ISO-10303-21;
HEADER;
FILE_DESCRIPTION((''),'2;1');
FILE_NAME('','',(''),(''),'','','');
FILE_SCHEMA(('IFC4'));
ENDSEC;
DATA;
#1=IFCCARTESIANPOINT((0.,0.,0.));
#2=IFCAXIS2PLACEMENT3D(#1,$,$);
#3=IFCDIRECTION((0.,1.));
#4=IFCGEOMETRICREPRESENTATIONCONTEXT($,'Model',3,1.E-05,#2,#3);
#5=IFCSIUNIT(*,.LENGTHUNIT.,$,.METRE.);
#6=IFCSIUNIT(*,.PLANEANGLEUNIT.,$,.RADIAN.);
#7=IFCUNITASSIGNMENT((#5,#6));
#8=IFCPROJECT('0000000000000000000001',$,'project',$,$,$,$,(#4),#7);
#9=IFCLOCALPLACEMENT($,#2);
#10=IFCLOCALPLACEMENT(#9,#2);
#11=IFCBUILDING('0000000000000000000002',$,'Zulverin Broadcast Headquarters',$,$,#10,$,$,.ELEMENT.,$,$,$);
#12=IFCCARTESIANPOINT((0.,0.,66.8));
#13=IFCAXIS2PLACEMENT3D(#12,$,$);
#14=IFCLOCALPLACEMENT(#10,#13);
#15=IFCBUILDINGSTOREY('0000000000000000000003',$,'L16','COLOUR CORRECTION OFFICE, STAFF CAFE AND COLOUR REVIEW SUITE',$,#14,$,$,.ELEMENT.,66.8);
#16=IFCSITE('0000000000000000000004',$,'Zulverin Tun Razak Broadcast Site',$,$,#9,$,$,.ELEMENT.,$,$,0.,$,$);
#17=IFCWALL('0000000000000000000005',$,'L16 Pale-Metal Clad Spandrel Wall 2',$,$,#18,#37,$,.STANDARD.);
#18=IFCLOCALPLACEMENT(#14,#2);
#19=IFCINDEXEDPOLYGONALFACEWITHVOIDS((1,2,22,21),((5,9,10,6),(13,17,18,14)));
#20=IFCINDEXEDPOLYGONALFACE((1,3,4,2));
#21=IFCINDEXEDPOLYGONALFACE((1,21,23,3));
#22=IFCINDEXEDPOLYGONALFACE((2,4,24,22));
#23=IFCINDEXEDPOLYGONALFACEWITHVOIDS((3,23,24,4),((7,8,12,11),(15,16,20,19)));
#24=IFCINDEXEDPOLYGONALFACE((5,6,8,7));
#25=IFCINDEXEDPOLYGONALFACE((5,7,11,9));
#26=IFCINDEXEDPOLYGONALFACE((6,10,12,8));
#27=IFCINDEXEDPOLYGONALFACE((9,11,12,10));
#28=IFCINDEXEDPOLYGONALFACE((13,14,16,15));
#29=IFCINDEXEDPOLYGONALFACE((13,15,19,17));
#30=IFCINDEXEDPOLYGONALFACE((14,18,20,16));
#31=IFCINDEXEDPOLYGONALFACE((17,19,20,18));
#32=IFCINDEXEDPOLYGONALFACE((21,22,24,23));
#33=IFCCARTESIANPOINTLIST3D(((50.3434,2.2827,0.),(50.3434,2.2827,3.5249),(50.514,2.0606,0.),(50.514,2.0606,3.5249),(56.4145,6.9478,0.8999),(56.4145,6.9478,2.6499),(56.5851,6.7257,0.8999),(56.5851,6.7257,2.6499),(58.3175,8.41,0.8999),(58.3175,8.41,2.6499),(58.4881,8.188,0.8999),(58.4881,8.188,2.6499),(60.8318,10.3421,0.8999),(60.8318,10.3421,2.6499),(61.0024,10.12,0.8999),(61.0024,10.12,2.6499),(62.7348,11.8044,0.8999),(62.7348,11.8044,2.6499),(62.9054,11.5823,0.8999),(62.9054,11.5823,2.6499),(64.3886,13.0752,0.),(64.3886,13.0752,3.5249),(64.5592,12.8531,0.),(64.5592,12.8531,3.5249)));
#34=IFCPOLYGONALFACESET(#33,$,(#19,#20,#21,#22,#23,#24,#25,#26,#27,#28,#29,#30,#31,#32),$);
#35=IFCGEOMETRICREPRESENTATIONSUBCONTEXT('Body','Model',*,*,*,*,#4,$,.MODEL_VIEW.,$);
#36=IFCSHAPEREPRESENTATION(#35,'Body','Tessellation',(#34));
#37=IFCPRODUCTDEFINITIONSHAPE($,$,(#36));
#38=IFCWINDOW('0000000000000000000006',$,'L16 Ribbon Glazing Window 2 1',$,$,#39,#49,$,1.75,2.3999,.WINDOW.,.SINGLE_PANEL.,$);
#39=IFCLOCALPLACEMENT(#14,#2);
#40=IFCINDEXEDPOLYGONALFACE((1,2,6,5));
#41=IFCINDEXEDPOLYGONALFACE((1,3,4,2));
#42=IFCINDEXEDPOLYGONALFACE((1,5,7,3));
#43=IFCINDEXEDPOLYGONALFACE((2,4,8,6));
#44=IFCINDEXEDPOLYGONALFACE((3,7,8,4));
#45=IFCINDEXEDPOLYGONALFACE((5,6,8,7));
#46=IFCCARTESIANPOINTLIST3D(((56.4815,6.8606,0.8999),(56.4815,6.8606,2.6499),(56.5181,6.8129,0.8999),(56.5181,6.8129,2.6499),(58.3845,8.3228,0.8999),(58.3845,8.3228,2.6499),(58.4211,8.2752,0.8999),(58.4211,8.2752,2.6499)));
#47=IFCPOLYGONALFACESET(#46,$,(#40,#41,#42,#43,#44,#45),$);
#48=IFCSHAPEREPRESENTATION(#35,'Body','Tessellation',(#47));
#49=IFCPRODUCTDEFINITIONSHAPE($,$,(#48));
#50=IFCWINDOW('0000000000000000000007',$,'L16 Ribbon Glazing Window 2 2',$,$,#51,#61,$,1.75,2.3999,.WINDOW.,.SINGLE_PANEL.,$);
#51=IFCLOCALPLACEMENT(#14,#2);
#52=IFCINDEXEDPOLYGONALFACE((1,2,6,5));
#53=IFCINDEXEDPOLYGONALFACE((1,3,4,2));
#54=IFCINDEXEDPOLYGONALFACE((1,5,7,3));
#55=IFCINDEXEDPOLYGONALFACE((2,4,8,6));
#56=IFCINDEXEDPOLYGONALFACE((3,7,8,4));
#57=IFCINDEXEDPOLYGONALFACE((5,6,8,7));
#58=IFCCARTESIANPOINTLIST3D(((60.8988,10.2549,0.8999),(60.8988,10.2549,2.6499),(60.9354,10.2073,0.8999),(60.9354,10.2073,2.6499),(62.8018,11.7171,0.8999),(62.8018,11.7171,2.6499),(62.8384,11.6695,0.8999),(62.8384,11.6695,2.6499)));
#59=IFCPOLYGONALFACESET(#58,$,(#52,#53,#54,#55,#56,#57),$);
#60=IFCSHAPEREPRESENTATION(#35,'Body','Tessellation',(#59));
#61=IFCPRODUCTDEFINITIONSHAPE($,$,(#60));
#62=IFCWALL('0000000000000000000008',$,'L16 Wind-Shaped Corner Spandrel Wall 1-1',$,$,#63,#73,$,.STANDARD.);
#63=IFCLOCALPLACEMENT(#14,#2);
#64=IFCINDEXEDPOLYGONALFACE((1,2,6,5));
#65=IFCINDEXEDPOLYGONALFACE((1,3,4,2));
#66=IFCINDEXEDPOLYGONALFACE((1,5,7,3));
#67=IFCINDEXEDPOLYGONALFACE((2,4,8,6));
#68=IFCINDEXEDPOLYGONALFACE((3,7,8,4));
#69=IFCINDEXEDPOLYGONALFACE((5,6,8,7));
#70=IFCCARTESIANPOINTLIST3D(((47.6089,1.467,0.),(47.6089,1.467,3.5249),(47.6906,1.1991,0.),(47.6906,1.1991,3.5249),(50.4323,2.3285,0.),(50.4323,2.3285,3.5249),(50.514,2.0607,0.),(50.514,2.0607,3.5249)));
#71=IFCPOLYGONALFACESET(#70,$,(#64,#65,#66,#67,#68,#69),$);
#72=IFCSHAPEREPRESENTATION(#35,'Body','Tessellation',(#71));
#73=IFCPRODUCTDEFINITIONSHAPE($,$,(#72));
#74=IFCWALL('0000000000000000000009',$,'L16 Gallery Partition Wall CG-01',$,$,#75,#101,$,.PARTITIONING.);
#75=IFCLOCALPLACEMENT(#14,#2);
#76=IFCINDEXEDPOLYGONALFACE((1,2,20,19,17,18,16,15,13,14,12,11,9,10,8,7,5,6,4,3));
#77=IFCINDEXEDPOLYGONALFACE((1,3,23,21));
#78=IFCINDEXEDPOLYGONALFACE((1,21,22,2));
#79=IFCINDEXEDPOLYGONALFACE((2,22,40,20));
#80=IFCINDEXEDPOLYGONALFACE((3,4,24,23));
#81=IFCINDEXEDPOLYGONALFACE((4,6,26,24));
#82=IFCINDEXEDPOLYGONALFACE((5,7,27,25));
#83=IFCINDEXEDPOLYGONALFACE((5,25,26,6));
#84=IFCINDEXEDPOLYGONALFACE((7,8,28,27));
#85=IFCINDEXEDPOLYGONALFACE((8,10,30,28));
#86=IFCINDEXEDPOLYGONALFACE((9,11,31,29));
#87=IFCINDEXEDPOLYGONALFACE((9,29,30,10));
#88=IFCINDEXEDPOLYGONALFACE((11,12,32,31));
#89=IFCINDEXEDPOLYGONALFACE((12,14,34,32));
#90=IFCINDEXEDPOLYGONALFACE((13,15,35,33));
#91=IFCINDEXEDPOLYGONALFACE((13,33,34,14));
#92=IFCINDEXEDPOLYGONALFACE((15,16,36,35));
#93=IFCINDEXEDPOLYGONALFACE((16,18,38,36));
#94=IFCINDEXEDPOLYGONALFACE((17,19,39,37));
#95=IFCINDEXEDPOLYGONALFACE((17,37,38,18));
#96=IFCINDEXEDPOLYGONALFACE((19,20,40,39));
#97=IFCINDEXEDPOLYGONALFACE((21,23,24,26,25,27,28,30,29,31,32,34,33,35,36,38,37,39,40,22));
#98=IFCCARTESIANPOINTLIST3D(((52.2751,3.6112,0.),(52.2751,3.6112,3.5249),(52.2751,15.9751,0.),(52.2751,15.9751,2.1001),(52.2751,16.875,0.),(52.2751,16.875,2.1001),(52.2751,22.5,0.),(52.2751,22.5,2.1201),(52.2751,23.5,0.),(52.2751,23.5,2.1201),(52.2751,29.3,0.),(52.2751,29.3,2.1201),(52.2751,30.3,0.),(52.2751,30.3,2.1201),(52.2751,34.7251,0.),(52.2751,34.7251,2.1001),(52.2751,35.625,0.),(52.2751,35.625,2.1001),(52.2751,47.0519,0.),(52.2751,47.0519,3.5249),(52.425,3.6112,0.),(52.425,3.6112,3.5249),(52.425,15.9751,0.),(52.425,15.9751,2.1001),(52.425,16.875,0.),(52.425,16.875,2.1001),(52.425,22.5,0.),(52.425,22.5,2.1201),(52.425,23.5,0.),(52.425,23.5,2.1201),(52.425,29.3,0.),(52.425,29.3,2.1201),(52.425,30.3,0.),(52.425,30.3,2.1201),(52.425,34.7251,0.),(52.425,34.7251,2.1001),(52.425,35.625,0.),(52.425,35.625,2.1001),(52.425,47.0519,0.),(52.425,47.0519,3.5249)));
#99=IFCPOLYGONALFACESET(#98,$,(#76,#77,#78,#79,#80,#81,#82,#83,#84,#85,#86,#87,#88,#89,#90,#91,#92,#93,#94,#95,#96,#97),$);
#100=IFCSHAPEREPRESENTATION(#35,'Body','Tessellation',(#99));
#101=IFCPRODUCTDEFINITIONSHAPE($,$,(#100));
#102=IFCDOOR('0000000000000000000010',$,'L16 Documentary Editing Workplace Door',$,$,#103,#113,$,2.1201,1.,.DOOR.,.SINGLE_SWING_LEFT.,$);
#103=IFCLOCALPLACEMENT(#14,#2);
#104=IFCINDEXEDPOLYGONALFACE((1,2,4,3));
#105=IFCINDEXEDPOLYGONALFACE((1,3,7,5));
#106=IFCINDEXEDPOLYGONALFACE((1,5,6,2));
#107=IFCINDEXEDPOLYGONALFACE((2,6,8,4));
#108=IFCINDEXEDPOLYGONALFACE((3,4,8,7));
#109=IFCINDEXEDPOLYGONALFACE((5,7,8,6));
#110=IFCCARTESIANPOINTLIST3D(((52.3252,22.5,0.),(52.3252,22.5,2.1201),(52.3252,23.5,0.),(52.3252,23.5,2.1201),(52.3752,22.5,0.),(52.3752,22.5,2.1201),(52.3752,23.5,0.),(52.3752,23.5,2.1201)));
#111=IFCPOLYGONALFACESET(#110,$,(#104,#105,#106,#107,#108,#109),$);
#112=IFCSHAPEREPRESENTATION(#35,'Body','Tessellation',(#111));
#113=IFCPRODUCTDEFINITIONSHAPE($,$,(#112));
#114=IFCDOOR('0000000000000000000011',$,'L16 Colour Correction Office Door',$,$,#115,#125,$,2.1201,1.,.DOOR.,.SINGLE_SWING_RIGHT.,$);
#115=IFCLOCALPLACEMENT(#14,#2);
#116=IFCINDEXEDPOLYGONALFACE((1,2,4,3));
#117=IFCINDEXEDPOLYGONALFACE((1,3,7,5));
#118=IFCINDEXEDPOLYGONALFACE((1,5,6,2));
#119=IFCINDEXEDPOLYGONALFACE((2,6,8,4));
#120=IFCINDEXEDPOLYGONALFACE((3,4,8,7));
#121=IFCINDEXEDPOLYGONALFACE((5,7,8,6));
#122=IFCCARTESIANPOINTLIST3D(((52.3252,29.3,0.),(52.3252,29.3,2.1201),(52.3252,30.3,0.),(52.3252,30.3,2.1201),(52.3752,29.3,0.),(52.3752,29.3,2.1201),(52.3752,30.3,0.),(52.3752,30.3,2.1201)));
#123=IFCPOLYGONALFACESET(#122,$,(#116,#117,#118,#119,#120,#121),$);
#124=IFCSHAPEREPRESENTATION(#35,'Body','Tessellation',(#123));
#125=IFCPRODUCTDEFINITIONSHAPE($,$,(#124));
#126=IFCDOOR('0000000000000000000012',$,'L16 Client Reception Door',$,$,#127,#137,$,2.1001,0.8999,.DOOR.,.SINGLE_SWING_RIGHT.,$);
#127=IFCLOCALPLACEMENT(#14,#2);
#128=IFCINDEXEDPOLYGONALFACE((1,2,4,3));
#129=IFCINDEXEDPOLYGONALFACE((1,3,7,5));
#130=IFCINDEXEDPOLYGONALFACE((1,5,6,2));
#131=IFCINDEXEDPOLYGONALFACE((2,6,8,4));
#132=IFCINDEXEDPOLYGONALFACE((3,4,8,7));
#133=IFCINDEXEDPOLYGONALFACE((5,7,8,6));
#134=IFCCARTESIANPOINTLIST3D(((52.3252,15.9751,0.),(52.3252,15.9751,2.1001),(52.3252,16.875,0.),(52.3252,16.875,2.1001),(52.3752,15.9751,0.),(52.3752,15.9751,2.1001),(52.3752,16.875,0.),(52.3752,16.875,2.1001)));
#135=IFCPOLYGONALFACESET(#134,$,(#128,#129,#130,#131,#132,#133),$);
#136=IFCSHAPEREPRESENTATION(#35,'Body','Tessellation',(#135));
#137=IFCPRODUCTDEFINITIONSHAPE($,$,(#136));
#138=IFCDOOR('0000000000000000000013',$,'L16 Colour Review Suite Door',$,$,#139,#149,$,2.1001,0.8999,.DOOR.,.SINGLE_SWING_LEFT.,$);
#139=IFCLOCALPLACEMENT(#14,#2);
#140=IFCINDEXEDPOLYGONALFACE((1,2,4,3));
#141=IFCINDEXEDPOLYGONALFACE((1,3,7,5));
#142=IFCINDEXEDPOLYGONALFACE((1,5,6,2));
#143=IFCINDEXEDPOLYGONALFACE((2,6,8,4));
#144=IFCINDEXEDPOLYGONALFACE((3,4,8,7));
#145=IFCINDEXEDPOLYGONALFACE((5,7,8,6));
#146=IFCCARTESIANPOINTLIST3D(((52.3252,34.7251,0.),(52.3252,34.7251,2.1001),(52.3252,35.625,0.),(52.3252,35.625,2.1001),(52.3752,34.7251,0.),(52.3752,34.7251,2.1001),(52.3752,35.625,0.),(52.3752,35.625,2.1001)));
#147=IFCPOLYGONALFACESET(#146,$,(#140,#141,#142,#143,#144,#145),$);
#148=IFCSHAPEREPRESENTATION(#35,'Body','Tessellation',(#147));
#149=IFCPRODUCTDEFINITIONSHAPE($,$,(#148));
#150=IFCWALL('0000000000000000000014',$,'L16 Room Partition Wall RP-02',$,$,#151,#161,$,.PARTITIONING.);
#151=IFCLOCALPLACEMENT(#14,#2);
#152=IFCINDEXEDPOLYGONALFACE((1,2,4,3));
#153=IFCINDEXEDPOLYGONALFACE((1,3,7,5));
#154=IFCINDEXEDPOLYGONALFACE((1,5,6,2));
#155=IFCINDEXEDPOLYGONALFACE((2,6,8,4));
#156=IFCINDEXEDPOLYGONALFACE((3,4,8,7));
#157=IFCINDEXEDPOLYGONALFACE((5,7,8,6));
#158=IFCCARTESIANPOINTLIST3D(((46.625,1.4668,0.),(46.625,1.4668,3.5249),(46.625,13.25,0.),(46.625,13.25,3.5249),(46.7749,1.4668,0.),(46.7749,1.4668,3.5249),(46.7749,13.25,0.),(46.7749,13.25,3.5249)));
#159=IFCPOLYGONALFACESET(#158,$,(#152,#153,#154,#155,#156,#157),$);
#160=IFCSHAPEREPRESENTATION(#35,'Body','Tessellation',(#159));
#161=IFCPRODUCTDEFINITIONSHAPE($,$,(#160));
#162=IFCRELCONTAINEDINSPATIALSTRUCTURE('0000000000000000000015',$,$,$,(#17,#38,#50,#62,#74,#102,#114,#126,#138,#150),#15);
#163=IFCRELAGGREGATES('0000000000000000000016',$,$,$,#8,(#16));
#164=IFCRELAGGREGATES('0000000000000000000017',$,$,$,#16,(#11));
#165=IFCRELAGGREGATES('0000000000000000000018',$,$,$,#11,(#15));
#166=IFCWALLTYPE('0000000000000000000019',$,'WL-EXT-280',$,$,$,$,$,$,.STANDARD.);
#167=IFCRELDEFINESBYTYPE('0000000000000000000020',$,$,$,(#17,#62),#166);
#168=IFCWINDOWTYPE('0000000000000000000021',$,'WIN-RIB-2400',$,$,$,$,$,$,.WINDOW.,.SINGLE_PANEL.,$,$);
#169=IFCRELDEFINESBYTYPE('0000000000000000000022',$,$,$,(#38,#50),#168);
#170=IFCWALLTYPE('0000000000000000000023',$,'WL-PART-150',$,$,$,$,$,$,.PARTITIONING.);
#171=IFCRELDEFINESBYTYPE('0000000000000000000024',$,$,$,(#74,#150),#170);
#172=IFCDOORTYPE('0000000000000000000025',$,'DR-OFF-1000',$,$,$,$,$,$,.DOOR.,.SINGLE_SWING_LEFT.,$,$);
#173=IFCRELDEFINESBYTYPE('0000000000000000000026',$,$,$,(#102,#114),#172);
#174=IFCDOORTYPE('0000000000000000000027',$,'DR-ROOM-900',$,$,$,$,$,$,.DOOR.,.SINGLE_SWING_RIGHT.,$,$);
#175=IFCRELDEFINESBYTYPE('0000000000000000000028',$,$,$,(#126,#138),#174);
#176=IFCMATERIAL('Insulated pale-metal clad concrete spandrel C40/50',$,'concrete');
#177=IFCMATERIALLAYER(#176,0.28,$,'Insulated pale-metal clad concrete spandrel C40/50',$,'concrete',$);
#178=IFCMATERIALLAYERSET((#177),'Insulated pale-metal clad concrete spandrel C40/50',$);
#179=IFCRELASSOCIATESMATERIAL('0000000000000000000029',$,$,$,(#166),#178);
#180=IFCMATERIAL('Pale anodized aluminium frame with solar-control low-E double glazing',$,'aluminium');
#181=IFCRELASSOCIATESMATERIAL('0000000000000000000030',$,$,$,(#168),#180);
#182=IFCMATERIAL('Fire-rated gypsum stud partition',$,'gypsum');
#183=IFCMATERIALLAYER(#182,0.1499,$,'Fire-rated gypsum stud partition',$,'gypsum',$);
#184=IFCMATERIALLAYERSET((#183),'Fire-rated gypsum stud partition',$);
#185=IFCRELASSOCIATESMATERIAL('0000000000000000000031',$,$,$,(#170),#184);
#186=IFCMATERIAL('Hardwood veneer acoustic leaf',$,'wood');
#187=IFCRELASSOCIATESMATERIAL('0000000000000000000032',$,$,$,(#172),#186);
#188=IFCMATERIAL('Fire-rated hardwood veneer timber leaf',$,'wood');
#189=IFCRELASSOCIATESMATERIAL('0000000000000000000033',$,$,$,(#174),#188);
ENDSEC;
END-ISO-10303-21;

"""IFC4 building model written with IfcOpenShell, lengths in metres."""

from ifc_helpers import new_model, si_unit, direction, frame, frame_2d, origin, place, context, subcontext, project, spatial, rectangle, extrude, material, layer, layer_set, type_object, element, fill, save


model = new_model("IFC4")

# Units and contexts
model_context = context("Model", 3, precision=1e-05, world=origin(), true_north=direction((0.0, 1.0)))
body_context = subcontext(model_context, "Body", "Model", "MODEL_VIEW")
ifc_project = project(units=[si_unit("LENGTHUNIT", "METRE"), si_unit("PLANEANGLEUNIT", "RADIAN")], contexts=[model_context])

# Site, building, storey
site_placement = place(None, origin())
site = spatial("IfcSite", under=ifc_project, at=site_placement, Name="Zulverin Tun Razak Broadcast Site", CompositionType="ELEMENT", RefElevation=0.0)
building_placement = place(site_placement, origin())
building = spatial("IfcBuilding", under=site, at=building_placement, Name="Zulverin Broadcast Headquarters", CompositionType="ELEMENT")
storey_placement = place(building_placement, frame((0.0, 0.0, 66.8)))
storey = spatial("IfcBuildingStorey", under=building, at=storey_placement, Name="L16", Description="COLOUR CORRECTION OFFICE, STAFF CAFE AND COLOUR REVIEW SUITE", CompositionType="ELEMENT", Elevation=66.8)

# Wall, openings, windows
ifc_material_1 = material(Name="Insulated pale-metal clad concrete spandrel C40/50", Category="concrete")
ifc_layer_1 = layer(ifc_material_1, 0.28, Name="Insulated pale-metal clad concrete spandrel C40/50", Category="concrete")
ifc_layer_set_1 = layer_set([ifc_layer_1], Name="Insulated pale-metal clad concrete spandrel C40/50")
wall_type_1 = type_object("IfcWallType", Name="WL-EXT-280", PredefinedType="STANDARD", material=ifc_layer_set_1)
wall_1_placement = place(storey_placement, frame((50.4287, 2.1716, 0.0), z_axis=(0.0, 0.0, 1.0), x_axis=(0.792937, 0.609303, 0.0)))
wall_1 = element("IfcWall", 1, at=wall_1_placement, inside=storey, type_object=wall_type_1, Name="L16 Pale-Metal Clad Spandrel Wall 2", PredefinedType="STANDARD", context=body_context, shape_type="SweptSolid", body=[
    extrude(rectangle(XDim=17.7129, YDim=0.28, at=frame_2d((8.8564, 0.0))), origin(), (0.0, 0.0, 1.0), 3.5249),
])
opening_1_placement = place(wall_1_placement, frame((7.6565, 0.0, 0.8999)))
opening_1 = element("IfcOpeningElement", 2, at=opening_1_placement, cuts=wall_1, PredefinedType="OPENING", context=body_context, shape_type="SweptSolid", body=[
    extrude(rectangle(XDim=2.3999, YDim=1.75, at=frame_2d((1.2, 0.875))), frame((0.0, 0.1499, 0.0), z_axis=(0.0, -1.0, 0.0), x_axis=(1.0, 0.0, 0.0)), (0.0, 0.0, 1.0), 0.3),
])
opening_2_placement = place(wall_1_placement, frame((13.2273, 0.0, 0.8999)))
opening_2 = element("IfcOpeningElement", 3, at=opening_2_placement, cuts=wall_1, PredefinedType="OPENING", context=body_context, shape_type="SweptSolid", body=[
    extrude(rectangle(XDim=2.3999, YDim=1.75, at=frame_2d((1.2, 0.875))), frame((0.0, 0.1499, 0.0), z_axis=(0.0, -1.0, 0.0), x_axis=(1.0, 0.0, 0.0)), (0.0, 0.0, 1.0), 0.3),
])
ifc_material_2 = material(Name="Pale anodized aluminium frame with solar-control low-E double glazing", Category="aluminium")
window_type = type_object("IfcWindowType", Name="WIN-RIB-2400", PartitioningType="SINGLE_PANEL", PredefinedType="WINDOW", material=ifc_material_2)
window_1_placement = place(opening_1_placement, origin())
window_1 = element("IfcWindow", 4, at=window_1_placement, inside=storey, type_object=window_type, Name="L16 Ribbon Glazing Window 2 1", OverallHeight=1.75, OverallWidth=2.3999, PartitioningType="SINGLE_PANEL", PredefinedType="WINDOW", context=body_context, shape_type="SweptSolid", body=[
    extrude(rectangle(XDim=2.3999, YDim=1.75, at=frame_2d((1.2, 0.875))), frame((0.0, 0.03, 0.0), z_axis=(0.0, -1.0, 0.0), x_axis=(1.0, 0.0, 0.0)), (0.0, 0.0, 1.0), 0.0601),
])
fill(opening_1, window_1)
window_2_placement = place(opening_2_placement, origin())
window_2 = element("IfcWindow", 5, at=window_2_placement, inside=storey, type_object=window_type, Name="L16 Ribbon Glazing Window 2 2", OverallHeight=1.75, OverallWidth=2.3999, PartitioningType="SINGLE_PANEL", PredefinedType="WINDOW", context=body_context, shape_type="SweptSolid", body=[
    extrude(rectangle(XDim=2.3999, YDim=1.75, at=frame_2d((1.2, 0.875))), frame((0.0, 0.03, 0.0), z_axis=(0.0, -1.0, 0.0), x_axis=(1.0, 0.0, 0.0)), (0.0, 0.0, 1.0), 0.0601),
])
fill(opening_2, window_2)

# Wall
wall_2_placement = place(storey_placement, frame((47.6497, 1.333, 0.0), z_axis=(0.0, 0.0, 1.0), x_axis=(0.956461, 0.291859, 0.0)))
element("IfcWall", 6, at=wall_2_placement, inside=storey, type_object=wall_type_1, Name="L16 Wind-Shaped Corner Spandrel Wall 1-1", PredefinedType="STANDARD", context=body_context, shape_type="SweptSolid", body=[
    extrude(rectangle(XDim=2.9519, YDim=0.28, at=frame_2d((1.4761, 0.0))), origin(), (0.0, 0.0, 1.0), 3.5249),
])

# Wall, openings, doors
ifc_material_3 = material(Name="Fire-rated gypsum stud partition", Category="gypsum")
ifc_layer_2 = layer(ifc_material_3, 0.1499, Name="Fire-rated gypsum stud partition", Category="gypsum")
ifc_layer_set_2 = layer_set([ifc_layer_2], Name="Fire-rated gypsum stud partition")
wall_type_2 = type_object("IfcWallType", Name="WL-PART-150", PredefinedType="PARTITIONING", material=ifc_layer_set_2)
wall_3_placement = place(storey_placement, frame((52.3501, 3.6113, 0.0), z_axis=(0.0, 0.0, 1.0), x_axis=(0.0, 1.0, 0.0)))
wall_3 = element("IfcWall", 7, at=wall_3_placement, inside=storey, type_object=wall_type_2, Name="L16 Gallery Partition Wall CG-01", PredefinedType="PARTITIONING", context=body_context, shape_type="SweptSolid", body=[
    extrude(rectangle(XDim=43.4407, YDim=0.1499, at=frame_2d((21.7202, 0.0))), origin(), (0.0, 0.0, 1.0), 3.5249),
])
opening_3_placement = place(wall_3_placement, frame((12.3638, 0.0, 0.0)))
opening_3 = element("IfcOpeningElement", 8, at=opening_3_placement, cuts=wall_3, PredefinedType="OPENING", context=body_context, shape_type="SweptSolid", body=[
    extrude(rectangle(XDim=0.8999, YDim=2.1001, at=frame_2d((0.45, 1.05))), frame((0.0, 0.085, 0.0), z_axis=(0.0, -1.0, 0.0), x_axis=(1.0, 0.0, 0.0)), (0.0, 0.0, 1.0), 0.1699),
])
opening_4_placement = place(wall_3_placement, frame((18.8887, 0.0, 0.0)))
opening_4 = element("IfcOpeningElement", 9, at=opening_4_placement, cuts=wall_3, PredefinedType="OPENING", context=body_context, shape_type="SweptSolid", body=[
    extrude(rectangle(XDim=1.0, YDim=2.1201, at=frame_2d((0.5, 1.0601))), frame((0.0, 0.085, 0.0), z_axis=(0.0, -1.0, 0.0), x_axis=(1.0, 0.0, 0.0)), (0.0, 0.0, 1.0), 0.1699),
])
opening_5_placement = place(wall_3_placement, frame((25.6887, 0.0, 0.0)))
opening_5 = element("IfcOpeningElement", 10, at=opening_5_placement, cuts=wall_3, PredefinedType="OPENING", context=body_context, shape_type="SweptSolid", body=[
    extrude(rectangle(XDim=1.0, YDim=2.1201, at=frame_2d((0.5, 1.0601))), frame((0.0, 0.085, 0.0), z_axis=(0.0, -1.0, 0.0), x_axis=(1.0, 0.0, 0.0)), (0.0, 0.0, 1.0), 0.1699),
])
opening_6_placement = place(wall_3_placement, frame((31.1138, 0.0, 0.0)))
opening_6 = element("IfcOpeningElement", 11, at=opening_6_placement, cuts=wall_3, PredefinedType="OPENING", context=body_context, shape_type="SweptSolid", body=[
    extrude(rectangle(XDim=0.8999, YDim=2.1001, at=frame_2d((0.45, 1.05))), frame((0.0, 0.085, 0.0), z_axis=(0.0, -1.0, 0.0), x_axis=(1.0, 0.0, 0.0)), (0.0, 0.0, 1.0), 0.1699),
])
ifc_material_4 = material(Name="Hardwood veneer acoustic leaf", Category="wood")
door_type_1 = type_object("IfcDoorType", Name="DR-OFF-1000", OperationType="SINGLE_SWING_LEFT", PredefinedType="DOOR", material=ifc_material_4)
door_1_placement = place(opening_4_placement, origin())
door_1 = element("IfcDoor", 12, at=door_1_placement, inside=storey, type_object=door_type_1, Name="L16 Documentary Editing Workplace Door", OperationType="SINGLE_SWING_LEFT", OverallHeight=2.1201, OverallWidth=1.0, PredefinedType="DOOR", context=body_context, shape_type="SweptSolid", body=[
    extrude(rectangle(XDim=1.0, YDim=2.1201, at=frame_2d((0.5, 1.0601))), frame((0.0, 0.0249, 0.0), z_axis=(0.0, -1.0, 0.0), x_axis=(1.0, 0.0, 0.0)), (0.0, 0.0, 1.0), 0.05),
])
fill(opening_4, door_1)
door_2_placement = place(opening_5_placement, origin())
door_2 = element("IfcDoor", 13, at=door_2_placement, inside=storey, type_object=door_type_1, Name="L16 Colour Correction Office Door", OperationType="SINGLE_SWING_RIGHT", OverallHeight=2.1201, OverallWidth=1.0, PredefinedType="DOOR", context=body_context, shape_type="SweptSolid", body=[
    extrude(rectangle(XDim=1.0, YDim=2.1201, at=frame_2d((0.5, 1.0601))), frame((0.0, 0.0249, 0.0), z_axis=(0.0, -1.0, 0.0), x_axis=(1.0, 0.0, 0.0)), (0.0, 0.0, 1.0), 0.05),
])
fill(opening_5, door_2)
ifc_material_5 = material(Name="Fire-rated hardwood veneer timber leaf", Category="wood")
door_type_2 = type_object("IfcDoorType", Name="DR-ROOM-900", OperationType="SINGLE_SWING_RIGHT", PredefinedType="DOOR", material=ifc_material_5)
door_3_placement = place(opening_3_placement, origin())
door_3 = element("IfcDoor", 14, at=door_3_placement, inside=storey, type_object=door_type_2, Name="L16 Client Reception Door", OperationType="SINGLE_SWING_RIGHT", OverallHeight=2.1001, OverallWidth=0.8999, PredefinedType="DOOR", context=body_context, shape_type="SweptSolid", body=[
    extrude(rectangle(XDim=0.8999, YDim=2.1001, at=frame_2d((0.45, 1.05))), frame((0.0, 0.0249, 0.0), z_axis=(0.0, -1.0, 0.0), x_axis=(1.0, 0.0, 0.0)), (0.0, 0.0, 1.0), 0.05),
])
fill(opening_3, door_3)
door_4_placement = place(opening_6_placement, origin())
door_4 = element("IfcDoor", 15, at=door_4_placement, inside=storey, type_object=door_type_2, Name="L16 Colour Review Suite Door", OperationType="SINGLE_SWING_LEFT", OverallHeight=2.1001, OverallWidth=0.8999, PredefinedType="DOOR", context=body_context, shape_type="SweptSolid", body=[
    extrude(rectangle(XDim=0.8999, YDim=2.1001, at=frame_2d((0.45, 1.05))), frame((0.0, 0.0249, 0.0), z_axis=(0.0, -1.0, 0.0), x_axis=(1.0, 0.0, 0.0)), (0.0, 0.0, 1.0), 0.05),
])
fill(opening_6, door_4)

# Wall
wall_4_placement = place(storey_placement, frame((46.7, 1.4668, 0.0), z_axis=(0.0, 0.0, 1.0), x_axis=(0.0, 1.0, 0.0)))
element("IfcWall", 16, at=wall_4_placement, inside=storey, type_object=wall_type_2, Name="L16 Room Partition Wall RP-02", PredefinedType="PARTITIONING", context=body_context, shape_type="SweptSolid", body=[
    extrude(rectangle(XDim=11.7832, YDim=0.1499, at=frame_2d((5.8916, 0.0))), origin(), (0.0, 0.0, 1.0), 3.5249),
])

save(model, "model.ifc")
